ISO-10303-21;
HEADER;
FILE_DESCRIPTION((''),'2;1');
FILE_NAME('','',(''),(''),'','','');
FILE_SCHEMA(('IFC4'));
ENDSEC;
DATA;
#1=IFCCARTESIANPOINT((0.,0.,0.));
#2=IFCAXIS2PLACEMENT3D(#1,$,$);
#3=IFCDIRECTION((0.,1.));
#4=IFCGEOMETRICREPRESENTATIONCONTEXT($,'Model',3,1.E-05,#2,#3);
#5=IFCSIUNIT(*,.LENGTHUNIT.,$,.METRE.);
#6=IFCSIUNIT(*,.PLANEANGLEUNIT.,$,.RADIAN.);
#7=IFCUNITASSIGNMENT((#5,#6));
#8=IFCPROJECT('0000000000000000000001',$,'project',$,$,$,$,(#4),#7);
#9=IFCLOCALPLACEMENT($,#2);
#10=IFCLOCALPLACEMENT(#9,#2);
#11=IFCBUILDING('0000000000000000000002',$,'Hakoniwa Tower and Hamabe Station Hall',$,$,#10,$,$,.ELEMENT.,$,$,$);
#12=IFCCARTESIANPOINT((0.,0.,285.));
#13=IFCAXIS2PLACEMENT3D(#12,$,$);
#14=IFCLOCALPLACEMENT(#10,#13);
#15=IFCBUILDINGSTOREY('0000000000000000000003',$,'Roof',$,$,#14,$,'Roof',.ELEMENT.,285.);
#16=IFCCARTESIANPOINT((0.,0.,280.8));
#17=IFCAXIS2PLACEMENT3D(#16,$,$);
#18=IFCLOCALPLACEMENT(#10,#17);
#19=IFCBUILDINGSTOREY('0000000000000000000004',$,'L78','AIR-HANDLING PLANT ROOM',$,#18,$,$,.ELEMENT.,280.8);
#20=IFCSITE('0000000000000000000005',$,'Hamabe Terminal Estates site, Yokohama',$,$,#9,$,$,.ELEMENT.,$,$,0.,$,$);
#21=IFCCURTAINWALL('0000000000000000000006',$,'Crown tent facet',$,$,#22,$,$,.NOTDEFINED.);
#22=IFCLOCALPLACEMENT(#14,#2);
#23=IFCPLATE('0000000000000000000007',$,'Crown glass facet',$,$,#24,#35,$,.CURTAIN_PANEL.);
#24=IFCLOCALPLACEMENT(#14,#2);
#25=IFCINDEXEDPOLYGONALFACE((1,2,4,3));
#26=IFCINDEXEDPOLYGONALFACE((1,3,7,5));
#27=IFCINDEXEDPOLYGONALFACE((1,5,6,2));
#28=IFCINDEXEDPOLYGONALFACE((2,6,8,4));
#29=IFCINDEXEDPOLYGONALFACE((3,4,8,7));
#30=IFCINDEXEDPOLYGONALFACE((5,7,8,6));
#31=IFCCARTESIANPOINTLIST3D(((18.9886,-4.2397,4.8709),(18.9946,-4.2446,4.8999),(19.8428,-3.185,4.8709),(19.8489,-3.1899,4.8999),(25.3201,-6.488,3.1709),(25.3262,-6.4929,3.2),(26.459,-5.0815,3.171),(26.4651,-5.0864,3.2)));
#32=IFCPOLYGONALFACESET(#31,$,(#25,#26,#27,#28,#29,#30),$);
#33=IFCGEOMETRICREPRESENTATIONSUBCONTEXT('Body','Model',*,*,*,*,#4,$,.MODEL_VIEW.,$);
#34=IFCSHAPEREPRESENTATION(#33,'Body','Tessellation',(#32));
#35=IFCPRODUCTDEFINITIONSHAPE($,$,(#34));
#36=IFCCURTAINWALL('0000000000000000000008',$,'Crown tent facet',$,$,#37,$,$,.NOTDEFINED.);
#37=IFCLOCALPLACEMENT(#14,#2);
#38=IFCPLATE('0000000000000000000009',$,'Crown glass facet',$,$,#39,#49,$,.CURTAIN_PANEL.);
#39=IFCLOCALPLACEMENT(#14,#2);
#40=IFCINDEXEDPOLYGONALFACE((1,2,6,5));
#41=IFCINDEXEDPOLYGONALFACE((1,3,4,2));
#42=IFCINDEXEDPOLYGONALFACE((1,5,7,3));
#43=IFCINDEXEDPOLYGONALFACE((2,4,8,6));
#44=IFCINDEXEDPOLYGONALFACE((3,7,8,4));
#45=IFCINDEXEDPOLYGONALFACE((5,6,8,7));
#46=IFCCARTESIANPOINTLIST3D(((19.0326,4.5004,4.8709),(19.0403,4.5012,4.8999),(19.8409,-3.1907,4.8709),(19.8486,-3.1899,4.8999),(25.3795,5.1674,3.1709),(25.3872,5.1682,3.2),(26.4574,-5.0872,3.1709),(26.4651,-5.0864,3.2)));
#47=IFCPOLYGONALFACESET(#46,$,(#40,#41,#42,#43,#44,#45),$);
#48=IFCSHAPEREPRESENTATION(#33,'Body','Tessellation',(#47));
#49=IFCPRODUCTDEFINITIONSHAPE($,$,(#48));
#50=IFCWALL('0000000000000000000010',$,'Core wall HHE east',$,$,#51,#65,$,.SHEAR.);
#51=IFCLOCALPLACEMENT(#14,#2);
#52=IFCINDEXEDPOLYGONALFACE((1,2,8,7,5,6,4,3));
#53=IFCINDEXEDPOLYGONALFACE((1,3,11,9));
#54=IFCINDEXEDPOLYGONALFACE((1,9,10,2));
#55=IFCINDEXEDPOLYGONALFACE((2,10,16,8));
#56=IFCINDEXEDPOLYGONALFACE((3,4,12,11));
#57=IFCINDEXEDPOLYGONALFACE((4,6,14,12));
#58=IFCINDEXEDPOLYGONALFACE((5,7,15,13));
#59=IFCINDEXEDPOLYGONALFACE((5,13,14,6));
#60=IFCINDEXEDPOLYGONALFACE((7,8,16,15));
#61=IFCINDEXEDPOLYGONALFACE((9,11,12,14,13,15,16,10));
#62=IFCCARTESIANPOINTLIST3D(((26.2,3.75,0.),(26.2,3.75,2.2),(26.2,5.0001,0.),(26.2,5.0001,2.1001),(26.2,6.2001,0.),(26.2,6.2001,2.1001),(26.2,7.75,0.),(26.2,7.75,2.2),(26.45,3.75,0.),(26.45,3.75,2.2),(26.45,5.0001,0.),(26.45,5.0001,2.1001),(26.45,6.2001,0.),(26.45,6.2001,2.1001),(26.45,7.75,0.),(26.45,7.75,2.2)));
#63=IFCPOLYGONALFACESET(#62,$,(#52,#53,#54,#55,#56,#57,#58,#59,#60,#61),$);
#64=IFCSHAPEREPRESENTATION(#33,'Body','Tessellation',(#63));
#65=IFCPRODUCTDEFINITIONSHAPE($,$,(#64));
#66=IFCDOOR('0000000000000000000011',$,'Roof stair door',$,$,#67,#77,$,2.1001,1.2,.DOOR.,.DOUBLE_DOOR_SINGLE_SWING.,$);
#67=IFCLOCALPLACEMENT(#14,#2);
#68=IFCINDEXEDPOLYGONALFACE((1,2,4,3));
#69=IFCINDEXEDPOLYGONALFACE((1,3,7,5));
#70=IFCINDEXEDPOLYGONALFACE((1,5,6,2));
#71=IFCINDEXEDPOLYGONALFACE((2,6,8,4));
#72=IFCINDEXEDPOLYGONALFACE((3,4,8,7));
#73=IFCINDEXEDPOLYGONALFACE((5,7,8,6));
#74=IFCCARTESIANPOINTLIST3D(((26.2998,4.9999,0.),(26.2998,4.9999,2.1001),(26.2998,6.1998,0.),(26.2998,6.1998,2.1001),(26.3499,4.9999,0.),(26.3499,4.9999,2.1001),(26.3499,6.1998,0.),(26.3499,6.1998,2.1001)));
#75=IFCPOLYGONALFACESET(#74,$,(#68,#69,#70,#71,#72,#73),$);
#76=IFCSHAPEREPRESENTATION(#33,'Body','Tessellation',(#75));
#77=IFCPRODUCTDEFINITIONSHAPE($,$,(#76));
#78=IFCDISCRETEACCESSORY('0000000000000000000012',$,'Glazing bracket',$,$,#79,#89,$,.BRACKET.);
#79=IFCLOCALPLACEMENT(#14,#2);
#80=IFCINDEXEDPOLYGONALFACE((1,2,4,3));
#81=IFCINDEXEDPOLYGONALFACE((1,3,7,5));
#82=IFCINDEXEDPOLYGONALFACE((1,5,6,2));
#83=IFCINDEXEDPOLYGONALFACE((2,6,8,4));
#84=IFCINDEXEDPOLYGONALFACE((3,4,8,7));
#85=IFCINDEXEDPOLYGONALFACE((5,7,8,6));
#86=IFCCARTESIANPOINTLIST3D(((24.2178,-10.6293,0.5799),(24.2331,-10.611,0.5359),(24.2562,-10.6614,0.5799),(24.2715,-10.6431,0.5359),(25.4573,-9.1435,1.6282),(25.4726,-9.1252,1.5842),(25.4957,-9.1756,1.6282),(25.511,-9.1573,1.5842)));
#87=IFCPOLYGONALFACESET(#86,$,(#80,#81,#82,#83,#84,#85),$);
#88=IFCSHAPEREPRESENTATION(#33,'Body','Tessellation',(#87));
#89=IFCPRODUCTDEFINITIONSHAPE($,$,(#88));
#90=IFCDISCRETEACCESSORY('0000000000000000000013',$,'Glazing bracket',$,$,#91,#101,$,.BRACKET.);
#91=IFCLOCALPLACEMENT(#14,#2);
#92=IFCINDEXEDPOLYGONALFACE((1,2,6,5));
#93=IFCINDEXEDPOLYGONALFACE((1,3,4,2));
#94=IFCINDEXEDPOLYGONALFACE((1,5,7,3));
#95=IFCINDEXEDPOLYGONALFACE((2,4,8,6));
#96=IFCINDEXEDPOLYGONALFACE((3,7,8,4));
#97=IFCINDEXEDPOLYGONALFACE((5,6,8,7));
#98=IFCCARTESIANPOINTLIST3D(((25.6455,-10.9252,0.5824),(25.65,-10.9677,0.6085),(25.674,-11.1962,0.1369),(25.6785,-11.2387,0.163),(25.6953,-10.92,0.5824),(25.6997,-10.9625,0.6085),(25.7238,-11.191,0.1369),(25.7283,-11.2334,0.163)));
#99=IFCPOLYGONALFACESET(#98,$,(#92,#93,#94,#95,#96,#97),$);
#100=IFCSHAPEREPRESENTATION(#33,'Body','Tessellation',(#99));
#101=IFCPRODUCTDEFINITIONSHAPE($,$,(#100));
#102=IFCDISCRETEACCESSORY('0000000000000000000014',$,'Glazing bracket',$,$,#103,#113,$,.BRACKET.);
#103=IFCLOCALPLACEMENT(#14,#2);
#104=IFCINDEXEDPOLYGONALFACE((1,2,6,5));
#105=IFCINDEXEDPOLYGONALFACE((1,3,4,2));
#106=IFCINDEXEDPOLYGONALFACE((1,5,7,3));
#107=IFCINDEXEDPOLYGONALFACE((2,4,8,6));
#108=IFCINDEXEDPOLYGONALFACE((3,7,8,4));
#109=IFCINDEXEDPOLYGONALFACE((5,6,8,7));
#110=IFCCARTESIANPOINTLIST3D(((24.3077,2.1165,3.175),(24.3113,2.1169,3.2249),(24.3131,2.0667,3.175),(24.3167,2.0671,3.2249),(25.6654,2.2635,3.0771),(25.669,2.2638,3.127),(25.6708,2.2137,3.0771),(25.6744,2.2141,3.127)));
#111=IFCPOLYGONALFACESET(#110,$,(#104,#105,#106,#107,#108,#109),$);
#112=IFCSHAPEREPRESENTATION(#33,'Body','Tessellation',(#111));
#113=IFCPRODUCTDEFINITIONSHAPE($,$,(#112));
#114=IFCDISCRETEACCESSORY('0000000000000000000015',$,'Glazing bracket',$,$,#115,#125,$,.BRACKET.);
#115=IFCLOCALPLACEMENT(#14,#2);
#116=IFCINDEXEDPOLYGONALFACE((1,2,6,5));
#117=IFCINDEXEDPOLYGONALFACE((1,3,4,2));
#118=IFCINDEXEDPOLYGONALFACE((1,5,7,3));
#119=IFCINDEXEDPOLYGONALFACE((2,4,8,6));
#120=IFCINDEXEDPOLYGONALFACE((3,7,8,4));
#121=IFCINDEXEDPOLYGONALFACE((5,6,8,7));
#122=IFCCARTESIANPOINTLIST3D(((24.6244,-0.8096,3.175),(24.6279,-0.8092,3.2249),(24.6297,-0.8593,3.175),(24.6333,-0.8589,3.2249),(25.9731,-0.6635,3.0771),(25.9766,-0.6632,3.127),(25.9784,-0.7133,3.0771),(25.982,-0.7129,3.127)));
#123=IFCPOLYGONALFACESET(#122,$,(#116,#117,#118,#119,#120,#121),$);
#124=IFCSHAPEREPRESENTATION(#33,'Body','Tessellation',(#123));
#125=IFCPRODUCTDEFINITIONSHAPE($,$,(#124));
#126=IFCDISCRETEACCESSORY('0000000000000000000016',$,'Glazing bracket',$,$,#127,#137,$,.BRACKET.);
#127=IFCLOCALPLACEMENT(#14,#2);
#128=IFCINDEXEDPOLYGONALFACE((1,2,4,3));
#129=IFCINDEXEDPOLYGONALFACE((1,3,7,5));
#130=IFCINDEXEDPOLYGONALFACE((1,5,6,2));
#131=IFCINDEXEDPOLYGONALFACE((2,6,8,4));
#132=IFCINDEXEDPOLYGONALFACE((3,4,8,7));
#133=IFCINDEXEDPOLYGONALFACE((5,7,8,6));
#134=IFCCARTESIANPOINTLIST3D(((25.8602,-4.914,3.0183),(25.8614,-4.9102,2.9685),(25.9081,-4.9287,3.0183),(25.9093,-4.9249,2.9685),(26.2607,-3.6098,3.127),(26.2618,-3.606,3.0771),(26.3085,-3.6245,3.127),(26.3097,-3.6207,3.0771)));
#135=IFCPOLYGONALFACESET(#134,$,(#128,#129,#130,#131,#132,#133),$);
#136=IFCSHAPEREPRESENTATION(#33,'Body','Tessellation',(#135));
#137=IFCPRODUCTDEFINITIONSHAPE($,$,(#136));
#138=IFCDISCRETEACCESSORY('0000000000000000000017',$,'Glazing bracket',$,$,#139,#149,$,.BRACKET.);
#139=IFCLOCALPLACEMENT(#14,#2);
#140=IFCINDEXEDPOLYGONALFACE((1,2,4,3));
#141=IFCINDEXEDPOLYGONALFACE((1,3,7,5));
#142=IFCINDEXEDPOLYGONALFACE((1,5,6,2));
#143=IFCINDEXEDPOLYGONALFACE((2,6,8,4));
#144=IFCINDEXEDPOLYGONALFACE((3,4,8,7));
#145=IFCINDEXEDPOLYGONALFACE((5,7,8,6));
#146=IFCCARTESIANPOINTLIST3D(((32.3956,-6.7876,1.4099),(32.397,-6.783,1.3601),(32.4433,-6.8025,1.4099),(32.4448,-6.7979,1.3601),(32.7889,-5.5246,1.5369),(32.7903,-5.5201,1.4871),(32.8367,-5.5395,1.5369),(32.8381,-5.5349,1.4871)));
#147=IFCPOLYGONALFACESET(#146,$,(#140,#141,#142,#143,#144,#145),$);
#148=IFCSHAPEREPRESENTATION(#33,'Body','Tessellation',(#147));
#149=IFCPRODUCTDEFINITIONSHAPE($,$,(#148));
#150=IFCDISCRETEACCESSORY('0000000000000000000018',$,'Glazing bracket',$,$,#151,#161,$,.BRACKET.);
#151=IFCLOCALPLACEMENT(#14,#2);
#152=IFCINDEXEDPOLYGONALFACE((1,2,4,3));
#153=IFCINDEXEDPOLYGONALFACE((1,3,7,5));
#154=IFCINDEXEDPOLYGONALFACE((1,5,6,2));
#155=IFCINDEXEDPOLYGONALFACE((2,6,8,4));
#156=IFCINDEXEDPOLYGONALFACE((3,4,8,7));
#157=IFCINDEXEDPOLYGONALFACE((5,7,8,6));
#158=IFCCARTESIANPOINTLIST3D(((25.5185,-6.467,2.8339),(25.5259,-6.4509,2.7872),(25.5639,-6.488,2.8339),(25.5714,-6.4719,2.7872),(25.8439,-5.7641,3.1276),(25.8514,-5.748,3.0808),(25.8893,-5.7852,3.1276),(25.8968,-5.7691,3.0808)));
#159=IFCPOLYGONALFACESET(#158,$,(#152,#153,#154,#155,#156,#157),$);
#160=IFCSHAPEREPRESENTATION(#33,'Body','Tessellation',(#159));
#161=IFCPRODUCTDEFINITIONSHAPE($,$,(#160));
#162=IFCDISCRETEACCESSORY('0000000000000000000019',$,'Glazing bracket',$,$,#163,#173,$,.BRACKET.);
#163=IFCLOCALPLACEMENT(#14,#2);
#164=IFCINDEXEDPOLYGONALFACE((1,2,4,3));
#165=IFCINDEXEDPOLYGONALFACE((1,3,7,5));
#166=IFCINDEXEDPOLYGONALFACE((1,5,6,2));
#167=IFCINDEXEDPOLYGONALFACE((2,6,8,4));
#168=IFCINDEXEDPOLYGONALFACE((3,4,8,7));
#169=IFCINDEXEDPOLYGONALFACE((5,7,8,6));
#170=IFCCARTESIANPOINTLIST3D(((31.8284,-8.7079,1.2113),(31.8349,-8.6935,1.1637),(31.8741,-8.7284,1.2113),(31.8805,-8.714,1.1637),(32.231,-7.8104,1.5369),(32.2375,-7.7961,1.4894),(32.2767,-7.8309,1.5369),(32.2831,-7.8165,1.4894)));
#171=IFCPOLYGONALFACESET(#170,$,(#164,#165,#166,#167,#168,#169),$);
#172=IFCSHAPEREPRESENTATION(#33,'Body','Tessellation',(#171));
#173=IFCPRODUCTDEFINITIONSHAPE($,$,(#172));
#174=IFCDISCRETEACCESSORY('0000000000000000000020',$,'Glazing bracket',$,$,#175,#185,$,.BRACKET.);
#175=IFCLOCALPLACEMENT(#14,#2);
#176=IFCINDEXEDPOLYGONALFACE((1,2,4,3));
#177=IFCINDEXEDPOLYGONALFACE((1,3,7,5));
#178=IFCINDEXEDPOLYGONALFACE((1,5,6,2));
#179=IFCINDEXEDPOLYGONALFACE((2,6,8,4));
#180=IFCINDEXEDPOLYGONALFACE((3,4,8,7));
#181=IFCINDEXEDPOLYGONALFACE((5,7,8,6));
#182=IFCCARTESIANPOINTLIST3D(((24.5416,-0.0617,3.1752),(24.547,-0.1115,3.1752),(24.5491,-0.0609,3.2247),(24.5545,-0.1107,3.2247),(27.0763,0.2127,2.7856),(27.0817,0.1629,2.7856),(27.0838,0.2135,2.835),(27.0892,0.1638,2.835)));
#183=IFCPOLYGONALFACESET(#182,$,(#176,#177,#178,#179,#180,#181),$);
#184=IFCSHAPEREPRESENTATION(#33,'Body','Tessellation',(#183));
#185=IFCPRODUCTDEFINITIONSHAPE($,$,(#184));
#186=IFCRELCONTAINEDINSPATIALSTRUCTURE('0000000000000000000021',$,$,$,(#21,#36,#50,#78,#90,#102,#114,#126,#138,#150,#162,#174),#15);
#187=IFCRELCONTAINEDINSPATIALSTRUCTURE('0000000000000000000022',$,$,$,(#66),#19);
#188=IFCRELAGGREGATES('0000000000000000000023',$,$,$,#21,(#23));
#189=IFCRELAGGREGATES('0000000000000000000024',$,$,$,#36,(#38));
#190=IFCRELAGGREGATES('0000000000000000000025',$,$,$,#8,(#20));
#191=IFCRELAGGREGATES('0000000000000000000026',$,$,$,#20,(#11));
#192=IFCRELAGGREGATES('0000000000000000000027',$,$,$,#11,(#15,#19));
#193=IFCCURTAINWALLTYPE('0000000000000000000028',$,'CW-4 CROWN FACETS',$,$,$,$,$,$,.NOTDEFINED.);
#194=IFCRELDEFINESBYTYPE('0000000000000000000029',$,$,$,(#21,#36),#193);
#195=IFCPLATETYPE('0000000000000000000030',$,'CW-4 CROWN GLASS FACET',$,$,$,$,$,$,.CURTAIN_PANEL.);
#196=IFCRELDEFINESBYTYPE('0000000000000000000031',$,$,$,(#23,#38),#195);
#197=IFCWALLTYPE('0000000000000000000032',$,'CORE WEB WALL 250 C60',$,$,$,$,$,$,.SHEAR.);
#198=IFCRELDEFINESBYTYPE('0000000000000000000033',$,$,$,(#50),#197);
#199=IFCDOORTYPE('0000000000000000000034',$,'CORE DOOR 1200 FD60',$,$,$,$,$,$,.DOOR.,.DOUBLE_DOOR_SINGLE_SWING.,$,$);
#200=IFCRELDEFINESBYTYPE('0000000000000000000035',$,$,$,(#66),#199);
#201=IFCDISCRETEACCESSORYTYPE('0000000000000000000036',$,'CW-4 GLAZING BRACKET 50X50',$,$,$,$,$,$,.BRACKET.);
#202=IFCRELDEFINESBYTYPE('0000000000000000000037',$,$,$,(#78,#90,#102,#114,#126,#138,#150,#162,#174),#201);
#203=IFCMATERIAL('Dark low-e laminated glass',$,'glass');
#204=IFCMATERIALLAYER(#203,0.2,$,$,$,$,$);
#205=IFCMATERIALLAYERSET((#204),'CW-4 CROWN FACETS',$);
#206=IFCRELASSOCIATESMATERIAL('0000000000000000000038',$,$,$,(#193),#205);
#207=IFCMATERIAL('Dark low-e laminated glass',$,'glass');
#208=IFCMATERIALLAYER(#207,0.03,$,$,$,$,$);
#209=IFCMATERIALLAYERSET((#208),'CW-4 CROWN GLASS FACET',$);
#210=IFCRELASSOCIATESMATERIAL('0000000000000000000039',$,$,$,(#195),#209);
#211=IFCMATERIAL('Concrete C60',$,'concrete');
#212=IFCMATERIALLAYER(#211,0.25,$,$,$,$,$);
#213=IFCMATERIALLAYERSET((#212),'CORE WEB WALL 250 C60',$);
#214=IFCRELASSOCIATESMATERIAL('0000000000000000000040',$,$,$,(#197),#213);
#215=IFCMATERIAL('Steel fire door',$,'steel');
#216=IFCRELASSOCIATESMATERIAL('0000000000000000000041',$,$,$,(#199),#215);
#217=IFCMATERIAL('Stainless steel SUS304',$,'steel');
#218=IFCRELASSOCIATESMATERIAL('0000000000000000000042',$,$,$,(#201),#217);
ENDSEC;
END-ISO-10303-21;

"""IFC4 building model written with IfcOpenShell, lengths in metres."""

from ifc_helpers import new_model, si_unit, direction, frame, frame_2d, origin, origin_2d, place, context, subcontext, project, spatial, polyline, rectangle, outline, extrude, material, layer, layer_set, material_profile, profile_set, type_object, element, fill, aggregate, save


model = new_model("IFC4")

# Units and contexts
model_context = context("Model", 3, precision=1e-05, world=origin(), true_north=direction((0.0, 1.0)))
body_context = subcontext(model_context, "Body", "Model", "MODEL_VIEW")
ifc_project = project(units=[si_unit("LENGTHUNIT", "METRE"), si_unit("PLANEANGLEUNIT", "RADIAN")], contexts=[model_context])

# Site, building, storey
site_placement = place(None, origin())
site = spatial("IfcSite", under=ifc_project, at=site_placement, Name="Hamabe Terminal Estates site, Yokohama", CompositionType="ELEMENT", RefElevation=0.0)
building_placement = place(site_placement, origin())
building = spatial("IfcBuilding", under=site, at=building_placement, Name="Hakoniwa Tower and Hamabe Station Hall", CompositionType="ELEMENT")
storey_1_placement = place(building_placement, frame((0.0, 0.0, 285.0)))
storey_1 = spatial("IfcBuildingStorey", under=building, at=storey_1_placement, Name="Roof", LongName="Roof", CompositionType="ELEMENT", Elevation=285.0)

# Shared definitions
ifc_material_1 = material(Name="Dark low-e laminated glass", Category="glass")
ifc_layer_1 = layer(ifc_material_1, 0.2)
ifc_layer_set_1 = layer_set([ifc_layer_1], Name="CW-4 CROWN FACETS")
curtain_wall_type = type_object("IfcCurtainWallType", Name="CW-4 CROWN FACETS", PredefinedType="NOTDEFINED", material=ifc_layer_set_1)

# Shared definitions
ifc_material_2 = material(Name="Dark low-e laminated glass", Category="glass")
ifc_layer_2 = layer(ifc_material_2, 0.03)
ifc_layer_set_2 = layer_set([ifc_layer_2], Name="CW-4 CROWN GLASS FACET")
plate_type = type_object("IfcPlateType", Name="CW-4 CROWN GLASS FACET", PredefinedType="CURTAIN_PANEL", material=ifc_layer_set_2)

# Curtain walls, plates
curtain_wall_1_placement = place(storey_1_placement, origin())
curtain_wall_1 = element("IfcCurtainWall", 1, at=curtain_wall_1_placement, inside=storey_1, type_object=curtain_wall_type, Name="Crown tent facet", PredefinedType="NOTDEFINED")
plate_1_placement = place(storey_1_placement, frame((25.3262, -6.4929, 3.2), z_axis=(0.201403, -0.163104, 0.965833), x_axis=(-0.913564, 0.324401, 0.245286)))
plate_1 = element("IfcPlate", 2, at=plate_1_placement, type_object=plate_type, Name="Crown glass facet", PredefinedType="CURTAIN_PANEL", context=body_context, shape_type="SweptSolid", body=[
    extrude(outline(polyline([(0.0, 0.0), (6.9306, 0.0), (6.4923, -1.2845), (-0.5842, -1.7129), (0.0, 0.0)])), origin(), (0.0, 0.0, -1.0), 0.03),
])
aggregate(curtain_wall_1, [plate_1])
curtain_wall_2_placement = place(storey_1_placement, origin())
curtain_wall_2 = element("IfcCurtainWall", 3, at=curtain_wall_2_placement, inside=storey_1, type_object=curtain_wall_type, Name="Crown tent facet", PredefinedType="NOTDEFINED")
plate_2_placement = place(storey_1_placement, frame((26.4651, -5.0864, 3.2), z_axis=(0.255985, 0.026906, 0.966306), x_axis=(-0.933247, 0.267498, 0.239779)))
plate_2 = element("IfcPlate", 4, at=plate_2_placement, type_object=plate_type, Name="Crown glass facet", PredefinedType="CURTAIN_PANEL", context=body_context, shape_type="SweptSolid", body=[
    extrude(outline(polyline([(0.0, 0.0), (7.0897, 0.0), (9.9015, -7.2043), (3.749, -9.6054), (0.0, 0.0)])), origin(), (0.0, 0.0, -1.0), 0.03),
])
aggregate(curtain_wall_2, [plate_2])

# Wall, opening
ifc_material_3 = material(Name="Concrete C60", Category="concrete")
ifc_layer_3 = layer(ifc_material_3, 0.25)
ifc_layer_set_3 = layer_set([ifc_layer_3], Name="CORE WEB WALL 250 C60")
wall_type = type_object("IfcWallType", Name="CORE WEB WALL 250 C60", PredefinedType="SHEAR", material=ifc_layer_set_3)
wall_placement = place(storey_1_placement, frame((26.325, 3.75, 0.0), z_axis=(0.0, 0.0, 1.0), x_axis=(0.0, 1.0, 0.0)))
wall = element("IfcWall", 5, at=wall_placement, inside=storey_1, type_object=wall_type, Name="Core wall HHE east", PredefinedType="SHEAR", context=body_context, shape_type="SweptSolid", body=[
    extrude(rectangle(XDim=4.0, YDim=0.25, at=frame_2d((2.0, 0.0))), origin(), (0.0, 0.0, 1.0), 2.2),
])
opening_placement = place(wall_placement, frame((1.25, 0.0, 0.0)))
opening = element("IfcOpeningElement", 6, at=opening_placement, cuts=wall, PredefinedType="OPENING", context=body_context, shape_type="SweptSolid", body=[
    extrude(rectangle(XDim=1.2, YDim=2.1001, at=frame_2d((0.6001, 1.05))), frame((0.0, 0.135, 0.0), z_axis=(0.0, -1.0, 0.0), x_axis=(1.0, 0.0, 0.0)), (0.0, 0.0, 1.0), 0.27),
])

# Shared definitions
storey_2_placement = place(building_placement, frame((0.0, 0.0, 280.8)))
storey_2 = spatial("IfcBuildingStorey", under=building, at=storey_2_placement, Name="L78", Description="AIR-HANDLING PLANT ROOM", CompositionType="ELEMENT", Elevation=280.8)

# Door
ifc_material_4 = material(Name="Steel fire door", Category="steel")
door_type = type_object("IfcDoorType", Name="CORE DOOR 1200 FD60", OperationType="DOUBLE_DOOR_SINGLE_SWING", PredefinedType="DOOR", material=ifc_material_4)
door_placement = place(opening_placement, frame((1.2, 0.0, 0.0), z_axis=(0.0, 0.0, 1.0), x_axis=(-1.0, 0.0, 0.0)))
door = element("IfcDoor", 7, at=door_placement, inside=storey_2, type_object=door_type, Name="Roof stair door", OperationType="DOUBLE_DOOR_SINGLE_SWING", OverallHeight=2.1001, OverallWidth=1.2, PredefinedType="DOOR", context=body_context, shape_type="SweptSolid", body=[
    extrude(rectangle(XDim=1.2, YDim=2.1001, at=frame_2d((0.6001, 1.05))), frame((0.0, 0.0249, 0.0), z_axis=(0.0, -1.0, 0.0), x_axis=(1.0, 0.0, 0.0)), (0.0, 0.0, 1.0), 0.05),
])
fill(opening, door)

# Discrete accessories
ifc_material_5 = material(Name="Stainless steel SUS304", Category="steel")
ifc_material_profile_1 = material_profile(ifc_material_5, rectangle(XDim=0.05, YDim=0.05, at=origin_2d()), Name="CW-4 GLAZING BRACKET 50X50")
ifc_profile_set_1 = profile_set([ifc_material_profile_1], Name="Stainless steel SUS304")
discrete_accessory_type = type_object("IfcDiscreteAccessoryType", Name="CW-4 GLAZING BRACKET 50X50", PredefinedType="BRACKET", material=ifc_profile_set_1)
discrete_accessory_1_placement = place(storey_1_placement, frame((25.4841, -9.1504, 1.6062), z_axis=(-0.56323, -0.675165, -0.476366), x_axis=(0.76789, -0.640581, 0.0)))
element("IfcDiscreteAccessory", 8, at=discrete_accessory_1_placement, inside=storey_1, type_object=discrete_accessory_type, Name="Glazing bracket", PredefinedType="BRACKET", context=body_context, shape_type="SweptSolid", body=[
    extrude(rectangle(XDim=0.05, YDim=0.05, at=origin_2d()), origin(), (0.0, 0.0, 1.0), 2.2007),
])
discrete_accessory_2_placement = place(storey_1_placement, frame((25.6726, -10.9438, 0.5955), z_axis=(0.054692, -0.518872, -0.853101), x_axis=(0.994491, 0.104825, 0.0)))
element("IfcDiscreteAccessory", 9, at=discrete_accessory_2_placement, inside=storey_1, type_object=discrete_accessory_type, Name="Glazing bracket", PredefinedType="BRACKET", context=body_context, shape_type="SweptSolid", body=[
    extrude(rectangle(XDim=0.05, YDim=0.05, at=origin_2d()), origin(), (0.0, 0.0, 1.0), 0.5222),
])
discrete_accessory_3_placement = place(storey_1_placement, frame((25.6699, 2.2388, 3.1021), z_axis=(-0.991647, -0.10735, 0.071507), x_axis=(0.107625, -0.994192, 0.0)))
element("IfcDiscreteAccessory", 10, at=discrete_accessory_3_placement, inside=storey_1, type_object=discrete_accessory_type, Name="Glazing bracket", PredefinedType="BRACKET", context=body_context, shape_type="SweptSolid", body=[
    extrude(rectangle(XDim=0.05, YDim=0.05, at=origin_2d()), origin(), (0.0, 0.0, 1.0), 1.3691),
])
discrete_accessory_4_placement = place(storey_1_placement, frame((25.9775, -0.6882, 3.1021), z_axis=(-0.991612, -0.107347, 0.071983), x_axis=(0.107626, -0.994191, 0.0)))
element("IfcDiscreteAccessory", 11, at=discrete_accessory_4_placement, inside=storey_1, type_object=discrete_accessory_type, Name="Glazing bracket", PredefinedType="BRACKET", context=body_context, shape_type="SweptSolid", body=[
    extrude(rectangle(XDim=0.05, YDim=0.05, at=origin_2d()), origin(), (0.0, 0.0, 1.0), 1.3601),
])
discrete_accessory_5_placement = place(storey_1_placement, frame((26.2852, -3.6152, 3.1021), z_axis=(-0.292556, -0.952948, -0.079383), x_axis=(0.955965, -0.293482, 0.0)))
element("IfcDiscreteAccessory", 12, at=discrete_accessory_5_placement, inside=storey_1, type_object=discrete_accessory_type, Name="Glazing bracket", PredefinedType="BRACKET", context=body_context, shape_type="SweptSolid", body=[
    extrude(rectangle(XDim=0.05, YDim=0.05, at=origin_2d()), origin(), (0.0, 0.0, 1.0), 1.3687),
])
discrete_accessory_6_placement = place(storey_1_placement, frame((32.8135, -5.5298, 1.512), z_axis=(-0.295979, -0.950405, -0.095537), x_axis=(0.954772, -0.29734, 0.0)))
element("IfcDiscreteAccessory", 13, at=discrete_accessory_6_placement, inside=storey_1, type_object=discrete_accessory_type, Name="Glazing bracket", PredefinedType="BRACKET", context=body_context, shape_type="SweptSolid", body=[
    extrude(rectangle(XDim=0.05, YDim=0.05, at=origin_2d()), origin(), (0.0, 0.0, 1.0), 1.3289),
])
discrete_accessory_7_placement = place(storey_1_placement, frame((25.8704, -5.7666, 3.1042), z_axis=(-0.392863, -0.848501, -0.354549), x_axis=(0.907451, -0.420157, 0.0)))
element("IfcDiscreteAccessory", 14, at=discrete_accessory_7_placement, inside=storey_1, type_object=discrete_accessory_type, Name="Glazing bracket", PredefinedType="BRACKET", context=body_context, shape_type="SweptSolid", body=[
    extrude(rectangle(XDim=0.05, YDim=0.05, at=origin_2d()), origin(), (0.0, 0.0, 1.0), 0.8284),
])
discrete_accessory_8_placement = place(storey_1_placement, frame((32.2571, -7.8135, 1.5132), z_axis=(-0.388546, -0.866159, -0.314324), x_axis=(0.912404, -0.409291, 0.0)))
element("IfcDiscreteAccessory", 15, at=discrete_accessory_8_placement, inside=storey_1, type_object=discrete_accessory_type, Name="Glazing bracket", PredefinedType="BRACKET", context=body_context, shape_type="SweptSolid", body=[
    extrude(rectangle(XDim=0.05, YDim=0.05, at=origin_2d()), origin(), (0.0, 0.0, 1.0), 1.0361),
])
discrete_accessory_9_placement = place(storey_1_placement, frame((27.0828, 0.1882, 2.8103), z_axis=(-0.982779, -0.1064, 0.15108), x_axis=(0.107635, -0.99419, 0.0)))
element("IfcDiscreteAccessory", 16, at=discrete_accessory_9_placement, inside=storey_1, type_object=discrete_accessory_type, Name="Glazing bracket", PredefinedType="BRACKET", context=body_context, shape_type="SweptSolid", body=[
    extrude(rectangle(XDim=0.05, YDim=0.05, at=origin_2d()), origin(), (0.0, 0.0, 1.0), 2.5791),
])

save(model, "model.ifc")
